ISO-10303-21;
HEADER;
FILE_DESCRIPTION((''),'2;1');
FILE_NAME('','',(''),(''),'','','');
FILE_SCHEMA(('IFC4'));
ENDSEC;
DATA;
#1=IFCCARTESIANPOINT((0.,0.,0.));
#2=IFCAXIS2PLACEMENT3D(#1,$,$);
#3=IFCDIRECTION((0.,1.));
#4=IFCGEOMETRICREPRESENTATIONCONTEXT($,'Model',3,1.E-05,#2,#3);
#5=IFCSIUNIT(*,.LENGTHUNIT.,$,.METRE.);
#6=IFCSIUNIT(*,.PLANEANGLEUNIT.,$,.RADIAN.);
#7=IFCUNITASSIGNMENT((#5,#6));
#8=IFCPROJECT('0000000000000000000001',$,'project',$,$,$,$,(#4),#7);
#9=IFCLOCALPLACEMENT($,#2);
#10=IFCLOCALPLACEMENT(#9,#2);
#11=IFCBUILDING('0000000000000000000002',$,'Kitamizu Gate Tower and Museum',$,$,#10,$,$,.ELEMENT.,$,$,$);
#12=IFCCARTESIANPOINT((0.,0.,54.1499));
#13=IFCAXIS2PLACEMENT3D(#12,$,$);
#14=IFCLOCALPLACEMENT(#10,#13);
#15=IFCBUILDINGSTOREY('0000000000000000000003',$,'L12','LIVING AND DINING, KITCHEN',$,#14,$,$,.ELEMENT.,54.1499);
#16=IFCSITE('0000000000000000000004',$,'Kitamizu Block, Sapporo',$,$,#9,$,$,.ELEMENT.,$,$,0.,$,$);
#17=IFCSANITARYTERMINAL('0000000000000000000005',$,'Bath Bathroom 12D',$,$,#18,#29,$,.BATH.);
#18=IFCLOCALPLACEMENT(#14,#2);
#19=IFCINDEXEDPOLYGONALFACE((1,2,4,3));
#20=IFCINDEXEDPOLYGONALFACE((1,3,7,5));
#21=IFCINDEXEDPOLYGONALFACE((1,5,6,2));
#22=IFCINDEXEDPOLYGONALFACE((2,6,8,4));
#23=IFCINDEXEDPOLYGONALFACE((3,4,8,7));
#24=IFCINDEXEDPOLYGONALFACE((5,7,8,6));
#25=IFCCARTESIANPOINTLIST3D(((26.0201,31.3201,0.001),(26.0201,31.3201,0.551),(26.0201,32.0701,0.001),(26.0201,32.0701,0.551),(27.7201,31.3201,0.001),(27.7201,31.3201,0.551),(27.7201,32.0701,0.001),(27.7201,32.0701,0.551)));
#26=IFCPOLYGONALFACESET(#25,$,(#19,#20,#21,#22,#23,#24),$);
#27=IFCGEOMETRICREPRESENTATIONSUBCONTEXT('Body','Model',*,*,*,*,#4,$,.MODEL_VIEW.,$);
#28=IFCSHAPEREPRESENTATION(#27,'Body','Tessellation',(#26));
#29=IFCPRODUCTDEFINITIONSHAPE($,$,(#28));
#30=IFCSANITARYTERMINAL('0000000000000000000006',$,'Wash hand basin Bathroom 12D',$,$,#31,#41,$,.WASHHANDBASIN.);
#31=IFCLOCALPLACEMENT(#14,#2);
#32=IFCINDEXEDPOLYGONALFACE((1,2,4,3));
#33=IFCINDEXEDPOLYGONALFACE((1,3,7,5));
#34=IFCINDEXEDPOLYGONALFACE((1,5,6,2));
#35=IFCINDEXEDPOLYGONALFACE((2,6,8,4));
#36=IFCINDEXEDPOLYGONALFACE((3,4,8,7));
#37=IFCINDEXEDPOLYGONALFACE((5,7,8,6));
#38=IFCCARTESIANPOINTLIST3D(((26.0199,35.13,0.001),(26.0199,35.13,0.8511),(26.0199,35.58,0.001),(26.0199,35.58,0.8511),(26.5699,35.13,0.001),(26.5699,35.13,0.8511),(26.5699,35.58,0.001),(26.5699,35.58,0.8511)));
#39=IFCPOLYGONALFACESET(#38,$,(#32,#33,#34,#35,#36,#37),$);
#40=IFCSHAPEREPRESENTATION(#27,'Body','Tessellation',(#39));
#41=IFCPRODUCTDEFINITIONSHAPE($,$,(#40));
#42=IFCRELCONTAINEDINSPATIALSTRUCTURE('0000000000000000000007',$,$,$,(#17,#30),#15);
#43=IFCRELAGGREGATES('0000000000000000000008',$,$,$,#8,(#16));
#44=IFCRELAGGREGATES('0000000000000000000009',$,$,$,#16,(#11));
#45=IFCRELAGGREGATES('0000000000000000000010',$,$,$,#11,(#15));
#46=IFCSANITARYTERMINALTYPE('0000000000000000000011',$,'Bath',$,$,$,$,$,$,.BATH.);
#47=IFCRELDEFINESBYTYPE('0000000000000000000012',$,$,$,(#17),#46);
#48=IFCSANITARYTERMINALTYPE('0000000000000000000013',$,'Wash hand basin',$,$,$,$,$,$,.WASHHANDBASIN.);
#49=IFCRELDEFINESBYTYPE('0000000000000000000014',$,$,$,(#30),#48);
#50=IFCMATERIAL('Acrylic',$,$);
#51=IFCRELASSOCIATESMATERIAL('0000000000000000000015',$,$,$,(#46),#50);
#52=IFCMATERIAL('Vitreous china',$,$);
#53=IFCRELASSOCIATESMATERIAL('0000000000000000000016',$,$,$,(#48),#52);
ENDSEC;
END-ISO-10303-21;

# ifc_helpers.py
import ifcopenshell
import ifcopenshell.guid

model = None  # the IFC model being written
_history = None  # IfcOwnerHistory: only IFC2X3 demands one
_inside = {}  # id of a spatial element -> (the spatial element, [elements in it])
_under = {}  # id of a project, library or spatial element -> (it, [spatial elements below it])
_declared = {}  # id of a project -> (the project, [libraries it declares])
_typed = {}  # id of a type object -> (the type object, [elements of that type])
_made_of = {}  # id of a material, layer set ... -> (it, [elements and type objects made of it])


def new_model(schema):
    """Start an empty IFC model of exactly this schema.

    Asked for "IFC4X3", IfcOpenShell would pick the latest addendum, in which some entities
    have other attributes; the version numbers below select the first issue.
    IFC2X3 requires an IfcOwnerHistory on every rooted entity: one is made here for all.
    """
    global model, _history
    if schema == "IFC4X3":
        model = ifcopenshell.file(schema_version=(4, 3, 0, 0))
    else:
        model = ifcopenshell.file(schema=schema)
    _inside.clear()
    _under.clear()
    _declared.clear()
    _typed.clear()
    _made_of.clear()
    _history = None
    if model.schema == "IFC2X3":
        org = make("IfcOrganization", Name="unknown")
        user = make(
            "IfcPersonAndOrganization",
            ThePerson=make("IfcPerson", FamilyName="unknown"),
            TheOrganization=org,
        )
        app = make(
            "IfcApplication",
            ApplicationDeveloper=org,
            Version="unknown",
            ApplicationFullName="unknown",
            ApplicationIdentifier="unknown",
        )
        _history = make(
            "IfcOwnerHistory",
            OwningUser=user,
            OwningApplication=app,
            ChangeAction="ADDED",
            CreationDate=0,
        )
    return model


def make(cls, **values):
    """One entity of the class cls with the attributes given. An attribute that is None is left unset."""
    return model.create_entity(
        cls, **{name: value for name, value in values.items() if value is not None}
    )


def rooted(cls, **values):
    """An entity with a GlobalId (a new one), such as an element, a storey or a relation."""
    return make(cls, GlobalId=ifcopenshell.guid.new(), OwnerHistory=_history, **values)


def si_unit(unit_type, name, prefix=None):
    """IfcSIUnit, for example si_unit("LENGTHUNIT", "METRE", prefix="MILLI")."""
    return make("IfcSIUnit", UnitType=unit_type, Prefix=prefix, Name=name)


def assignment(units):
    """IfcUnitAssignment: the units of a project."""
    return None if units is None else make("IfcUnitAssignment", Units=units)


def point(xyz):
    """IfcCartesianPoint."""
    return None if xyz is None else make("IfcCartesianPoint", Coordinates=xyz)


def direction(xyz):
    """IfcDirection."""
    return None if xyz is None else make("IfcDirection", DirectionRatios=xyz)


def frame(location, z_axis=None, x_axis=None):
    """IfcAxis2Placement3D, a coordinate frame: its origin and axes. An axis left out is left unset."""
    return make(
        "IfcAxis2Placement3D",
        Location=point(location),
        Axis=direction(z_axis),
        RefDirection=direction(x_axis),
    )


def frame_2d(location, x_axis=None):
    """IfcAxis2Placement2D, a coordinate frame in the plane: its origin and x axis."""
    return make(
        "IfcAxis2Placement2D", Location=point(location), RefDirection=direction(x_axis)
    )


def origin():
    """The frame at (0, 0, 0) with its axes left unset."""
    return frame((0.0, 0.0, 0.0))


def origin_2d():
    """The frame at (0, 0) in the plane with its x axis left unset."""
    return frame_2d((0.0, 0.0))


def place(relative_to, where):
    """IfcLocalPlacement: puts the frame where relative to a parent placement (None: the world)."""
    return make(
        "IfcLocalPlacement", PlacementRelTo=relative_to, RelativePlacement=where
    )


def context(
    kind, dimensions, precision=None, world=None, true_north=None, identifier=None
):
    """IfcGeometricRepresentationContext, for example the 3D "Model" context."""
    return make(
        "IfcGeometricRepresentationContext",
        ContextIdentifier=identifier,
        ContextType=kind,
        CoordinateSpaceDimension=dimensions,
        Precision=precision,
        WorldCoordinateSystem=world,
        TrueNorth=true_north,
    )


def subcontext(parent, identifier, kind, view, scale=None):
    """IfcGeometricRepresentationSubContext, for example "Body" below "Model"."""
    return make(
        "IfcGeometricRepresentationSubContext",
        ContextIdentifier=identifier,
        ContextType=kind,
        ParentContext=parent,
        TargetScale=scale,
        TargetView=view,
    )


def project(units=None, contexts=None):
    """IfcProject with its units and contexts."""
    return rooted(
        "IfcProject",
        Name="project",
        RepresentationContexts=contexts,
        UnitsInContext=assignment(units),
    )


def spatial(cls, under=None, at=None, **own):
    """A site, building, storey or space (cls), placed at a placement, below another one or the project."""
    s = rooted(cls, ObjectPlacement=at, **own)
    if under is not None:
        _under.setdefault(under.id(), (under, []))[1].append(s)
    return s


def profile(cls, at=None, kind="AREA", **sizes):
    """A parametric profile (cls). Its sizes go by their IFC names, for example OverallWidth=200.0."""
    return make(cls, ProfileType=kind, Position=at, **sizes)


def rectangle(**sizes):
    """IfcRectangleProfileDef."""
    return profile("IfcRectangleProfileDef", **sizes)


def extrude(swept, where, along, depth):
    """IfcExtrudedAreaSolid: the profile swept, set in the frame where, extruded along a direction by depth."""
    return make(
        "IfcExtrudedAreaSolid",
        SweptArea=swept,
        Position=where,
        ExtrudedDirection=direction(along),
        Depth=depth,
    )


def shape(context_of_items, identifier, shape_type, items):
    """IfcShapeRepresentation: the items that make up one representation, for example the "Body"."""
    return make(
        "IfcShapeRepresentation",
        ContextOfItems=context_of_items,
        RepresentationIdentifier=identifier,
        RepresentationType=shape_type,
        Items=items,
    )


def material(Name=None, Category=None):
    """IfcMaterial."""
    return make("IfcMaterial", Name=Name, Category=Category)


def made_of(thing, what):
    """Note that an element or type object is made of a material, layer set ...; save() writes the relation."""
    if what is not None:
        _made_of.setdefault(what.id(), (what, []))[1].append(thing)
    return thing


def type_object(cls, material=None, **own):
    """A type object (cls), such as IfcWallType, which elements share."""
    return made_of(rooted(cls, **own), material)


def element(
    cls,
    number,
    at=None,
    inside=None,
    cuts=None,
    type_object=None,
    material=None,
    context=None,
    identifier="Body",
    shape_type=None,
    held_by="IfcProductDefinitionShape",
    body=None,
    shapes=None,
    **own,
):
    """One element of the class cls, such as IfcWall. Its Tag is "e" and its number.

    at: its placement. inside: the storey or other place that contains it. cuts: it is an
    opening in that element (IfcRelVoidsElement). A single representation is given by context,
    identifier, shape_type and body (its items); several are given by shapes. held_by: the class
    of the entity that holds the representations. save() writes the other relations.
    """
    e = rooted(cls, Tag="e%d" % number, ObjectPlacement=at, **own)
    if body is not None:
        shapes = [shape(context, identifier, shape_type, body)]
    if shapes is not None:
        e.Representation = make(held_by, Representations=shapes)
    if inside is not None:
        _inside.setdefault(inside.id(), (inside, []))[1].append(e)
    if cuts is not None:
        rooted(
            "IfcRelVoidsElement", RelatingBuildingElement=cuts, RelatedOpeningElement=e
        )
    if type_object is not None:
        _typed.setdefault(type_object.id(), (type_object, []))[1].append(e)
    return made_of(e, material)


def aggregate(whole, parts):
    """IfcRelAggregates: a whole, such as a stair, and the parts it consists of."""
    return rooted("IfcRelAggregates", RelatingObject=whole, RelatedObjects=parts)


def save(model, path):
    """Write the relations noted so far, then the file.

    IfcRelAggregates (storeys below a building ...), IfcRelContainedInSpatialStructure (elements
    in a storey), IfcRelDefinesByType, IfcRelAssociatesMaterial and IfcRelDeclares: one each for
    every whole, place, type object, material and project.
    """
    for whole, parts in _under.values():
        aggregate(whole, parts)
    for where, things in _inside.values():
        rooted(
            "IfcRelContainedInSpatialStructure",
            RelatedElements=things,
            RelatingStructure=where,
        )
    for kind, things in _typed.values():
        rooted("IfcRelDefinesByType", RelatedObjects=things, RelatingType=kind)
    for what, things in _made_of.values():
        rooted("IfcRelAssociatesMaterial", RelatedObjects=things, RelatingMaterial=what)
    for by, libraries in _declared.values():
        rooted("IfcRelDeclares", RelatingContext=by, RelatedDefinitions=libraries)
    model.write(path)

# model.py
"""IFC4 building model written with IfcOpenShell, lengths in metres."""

from ifc_helpers import new_model, si_unit, direction, frame, origin, origin_2d, place, context, subcontext, project, spatial, rectangle, extrude, material, type_object, element, save


model = new_model("IFC4")

# Units and contexts
model_context = context("Model", 3, precision=1e-05, world=origin(), true_north=direction((0.0, 1.0)))
body_context = subcontext(model_context, "Body", "Model", "MODEL_VIEW")
ifc_project = project(units=[si_unit("LENGTHUNIT", "METRE"), si_unit("PLANEANGLEUNIT", "RADIAN")], contexts=[model_context])

# Site, building, storey
site_placement = place(None, origin())
site = spatial("IfcSite", under=ifc_project, at=site_placement, Name="Kitamizu Block, Sapporo", CompositionType="ELEMENT", RefElevation=0.0)
building_placement = place(site_placement, origin())
building = spatial("IfcBuilding", under=site, at=building_placement, Name="Kitamizu Gate Tower and Museum", CompositionType="ELEMENT")
storey_placement = place(building_placement, frame((0.0, 0.0, 54.1499)))
storey = spatial("IfcBuildingStorey", under=building, at=storey_placement, Name="L12", Description="LIVING AND DINING, KITCHEN", CompositionType="ELEMENT", Elevation=54.1499)

# Sanitary terminals
ifc_material_1 = material(Name="Acrylic")
sanitary_terminal_type_1 = type_object("IfcSanitaryTerminalType", Name="Bath", PredefinedType="BATH", material=ifc_material_1)
sanitary_terminal_1_placement = place(storey_placement, frame((26.8701, 31.6951, 0.001), z_axis=(0.0, 0.0, 1.0), x_axis=(1.0, 0.0, 0.0)))
element("IfcSanitaryTerminal", 1, at=sanitary_terminal_1_placement, inside=storey, type_object=sanitary_terminal_type_1, Name="Bath Bathroom 12D", PredefinedType="BATH", context=body_context, shape_type="SweptSolid", body=[
    extrude(rectangle(XDim=1.7, YDim=0.75, at=origin_2d()), origin(), (0.0, 0.0, 1.0), 0.55),
])
ifc_material_2 = material(Name="Vitreous china")
sanitary_terminal_type_2 = type_object("IfcSanitaryTerminalType", Name="Wash hand basin", PredefinedType="WASHHANDBASIN", material=ifc_material_2)
sanitary_terminal_2_placement = place(storey_placement, frame((26.2949, 35.355, 0.001), z_axis=(0.0, 0.0, 1.0), x_axis=(1.0, 0.0, 0.0)))
element("IfcSanitaryTerminal", 2, at=sanitary_terminal_2_placement, inside=storey, type_object=sanitary_terminal_type_2, Name="Wash hand basin Bathroom 12D", PredefinedType="WASHHANDBASIN", context=body_context, shape_type="SweptSolid", body=[
    extrude(rectangle(XDim=0.55, YDim=0.45, at=origin_2d()), origin(), (0.0, 0.0, 1.0), 0.8501),
])

save(model, "model.ifc")
